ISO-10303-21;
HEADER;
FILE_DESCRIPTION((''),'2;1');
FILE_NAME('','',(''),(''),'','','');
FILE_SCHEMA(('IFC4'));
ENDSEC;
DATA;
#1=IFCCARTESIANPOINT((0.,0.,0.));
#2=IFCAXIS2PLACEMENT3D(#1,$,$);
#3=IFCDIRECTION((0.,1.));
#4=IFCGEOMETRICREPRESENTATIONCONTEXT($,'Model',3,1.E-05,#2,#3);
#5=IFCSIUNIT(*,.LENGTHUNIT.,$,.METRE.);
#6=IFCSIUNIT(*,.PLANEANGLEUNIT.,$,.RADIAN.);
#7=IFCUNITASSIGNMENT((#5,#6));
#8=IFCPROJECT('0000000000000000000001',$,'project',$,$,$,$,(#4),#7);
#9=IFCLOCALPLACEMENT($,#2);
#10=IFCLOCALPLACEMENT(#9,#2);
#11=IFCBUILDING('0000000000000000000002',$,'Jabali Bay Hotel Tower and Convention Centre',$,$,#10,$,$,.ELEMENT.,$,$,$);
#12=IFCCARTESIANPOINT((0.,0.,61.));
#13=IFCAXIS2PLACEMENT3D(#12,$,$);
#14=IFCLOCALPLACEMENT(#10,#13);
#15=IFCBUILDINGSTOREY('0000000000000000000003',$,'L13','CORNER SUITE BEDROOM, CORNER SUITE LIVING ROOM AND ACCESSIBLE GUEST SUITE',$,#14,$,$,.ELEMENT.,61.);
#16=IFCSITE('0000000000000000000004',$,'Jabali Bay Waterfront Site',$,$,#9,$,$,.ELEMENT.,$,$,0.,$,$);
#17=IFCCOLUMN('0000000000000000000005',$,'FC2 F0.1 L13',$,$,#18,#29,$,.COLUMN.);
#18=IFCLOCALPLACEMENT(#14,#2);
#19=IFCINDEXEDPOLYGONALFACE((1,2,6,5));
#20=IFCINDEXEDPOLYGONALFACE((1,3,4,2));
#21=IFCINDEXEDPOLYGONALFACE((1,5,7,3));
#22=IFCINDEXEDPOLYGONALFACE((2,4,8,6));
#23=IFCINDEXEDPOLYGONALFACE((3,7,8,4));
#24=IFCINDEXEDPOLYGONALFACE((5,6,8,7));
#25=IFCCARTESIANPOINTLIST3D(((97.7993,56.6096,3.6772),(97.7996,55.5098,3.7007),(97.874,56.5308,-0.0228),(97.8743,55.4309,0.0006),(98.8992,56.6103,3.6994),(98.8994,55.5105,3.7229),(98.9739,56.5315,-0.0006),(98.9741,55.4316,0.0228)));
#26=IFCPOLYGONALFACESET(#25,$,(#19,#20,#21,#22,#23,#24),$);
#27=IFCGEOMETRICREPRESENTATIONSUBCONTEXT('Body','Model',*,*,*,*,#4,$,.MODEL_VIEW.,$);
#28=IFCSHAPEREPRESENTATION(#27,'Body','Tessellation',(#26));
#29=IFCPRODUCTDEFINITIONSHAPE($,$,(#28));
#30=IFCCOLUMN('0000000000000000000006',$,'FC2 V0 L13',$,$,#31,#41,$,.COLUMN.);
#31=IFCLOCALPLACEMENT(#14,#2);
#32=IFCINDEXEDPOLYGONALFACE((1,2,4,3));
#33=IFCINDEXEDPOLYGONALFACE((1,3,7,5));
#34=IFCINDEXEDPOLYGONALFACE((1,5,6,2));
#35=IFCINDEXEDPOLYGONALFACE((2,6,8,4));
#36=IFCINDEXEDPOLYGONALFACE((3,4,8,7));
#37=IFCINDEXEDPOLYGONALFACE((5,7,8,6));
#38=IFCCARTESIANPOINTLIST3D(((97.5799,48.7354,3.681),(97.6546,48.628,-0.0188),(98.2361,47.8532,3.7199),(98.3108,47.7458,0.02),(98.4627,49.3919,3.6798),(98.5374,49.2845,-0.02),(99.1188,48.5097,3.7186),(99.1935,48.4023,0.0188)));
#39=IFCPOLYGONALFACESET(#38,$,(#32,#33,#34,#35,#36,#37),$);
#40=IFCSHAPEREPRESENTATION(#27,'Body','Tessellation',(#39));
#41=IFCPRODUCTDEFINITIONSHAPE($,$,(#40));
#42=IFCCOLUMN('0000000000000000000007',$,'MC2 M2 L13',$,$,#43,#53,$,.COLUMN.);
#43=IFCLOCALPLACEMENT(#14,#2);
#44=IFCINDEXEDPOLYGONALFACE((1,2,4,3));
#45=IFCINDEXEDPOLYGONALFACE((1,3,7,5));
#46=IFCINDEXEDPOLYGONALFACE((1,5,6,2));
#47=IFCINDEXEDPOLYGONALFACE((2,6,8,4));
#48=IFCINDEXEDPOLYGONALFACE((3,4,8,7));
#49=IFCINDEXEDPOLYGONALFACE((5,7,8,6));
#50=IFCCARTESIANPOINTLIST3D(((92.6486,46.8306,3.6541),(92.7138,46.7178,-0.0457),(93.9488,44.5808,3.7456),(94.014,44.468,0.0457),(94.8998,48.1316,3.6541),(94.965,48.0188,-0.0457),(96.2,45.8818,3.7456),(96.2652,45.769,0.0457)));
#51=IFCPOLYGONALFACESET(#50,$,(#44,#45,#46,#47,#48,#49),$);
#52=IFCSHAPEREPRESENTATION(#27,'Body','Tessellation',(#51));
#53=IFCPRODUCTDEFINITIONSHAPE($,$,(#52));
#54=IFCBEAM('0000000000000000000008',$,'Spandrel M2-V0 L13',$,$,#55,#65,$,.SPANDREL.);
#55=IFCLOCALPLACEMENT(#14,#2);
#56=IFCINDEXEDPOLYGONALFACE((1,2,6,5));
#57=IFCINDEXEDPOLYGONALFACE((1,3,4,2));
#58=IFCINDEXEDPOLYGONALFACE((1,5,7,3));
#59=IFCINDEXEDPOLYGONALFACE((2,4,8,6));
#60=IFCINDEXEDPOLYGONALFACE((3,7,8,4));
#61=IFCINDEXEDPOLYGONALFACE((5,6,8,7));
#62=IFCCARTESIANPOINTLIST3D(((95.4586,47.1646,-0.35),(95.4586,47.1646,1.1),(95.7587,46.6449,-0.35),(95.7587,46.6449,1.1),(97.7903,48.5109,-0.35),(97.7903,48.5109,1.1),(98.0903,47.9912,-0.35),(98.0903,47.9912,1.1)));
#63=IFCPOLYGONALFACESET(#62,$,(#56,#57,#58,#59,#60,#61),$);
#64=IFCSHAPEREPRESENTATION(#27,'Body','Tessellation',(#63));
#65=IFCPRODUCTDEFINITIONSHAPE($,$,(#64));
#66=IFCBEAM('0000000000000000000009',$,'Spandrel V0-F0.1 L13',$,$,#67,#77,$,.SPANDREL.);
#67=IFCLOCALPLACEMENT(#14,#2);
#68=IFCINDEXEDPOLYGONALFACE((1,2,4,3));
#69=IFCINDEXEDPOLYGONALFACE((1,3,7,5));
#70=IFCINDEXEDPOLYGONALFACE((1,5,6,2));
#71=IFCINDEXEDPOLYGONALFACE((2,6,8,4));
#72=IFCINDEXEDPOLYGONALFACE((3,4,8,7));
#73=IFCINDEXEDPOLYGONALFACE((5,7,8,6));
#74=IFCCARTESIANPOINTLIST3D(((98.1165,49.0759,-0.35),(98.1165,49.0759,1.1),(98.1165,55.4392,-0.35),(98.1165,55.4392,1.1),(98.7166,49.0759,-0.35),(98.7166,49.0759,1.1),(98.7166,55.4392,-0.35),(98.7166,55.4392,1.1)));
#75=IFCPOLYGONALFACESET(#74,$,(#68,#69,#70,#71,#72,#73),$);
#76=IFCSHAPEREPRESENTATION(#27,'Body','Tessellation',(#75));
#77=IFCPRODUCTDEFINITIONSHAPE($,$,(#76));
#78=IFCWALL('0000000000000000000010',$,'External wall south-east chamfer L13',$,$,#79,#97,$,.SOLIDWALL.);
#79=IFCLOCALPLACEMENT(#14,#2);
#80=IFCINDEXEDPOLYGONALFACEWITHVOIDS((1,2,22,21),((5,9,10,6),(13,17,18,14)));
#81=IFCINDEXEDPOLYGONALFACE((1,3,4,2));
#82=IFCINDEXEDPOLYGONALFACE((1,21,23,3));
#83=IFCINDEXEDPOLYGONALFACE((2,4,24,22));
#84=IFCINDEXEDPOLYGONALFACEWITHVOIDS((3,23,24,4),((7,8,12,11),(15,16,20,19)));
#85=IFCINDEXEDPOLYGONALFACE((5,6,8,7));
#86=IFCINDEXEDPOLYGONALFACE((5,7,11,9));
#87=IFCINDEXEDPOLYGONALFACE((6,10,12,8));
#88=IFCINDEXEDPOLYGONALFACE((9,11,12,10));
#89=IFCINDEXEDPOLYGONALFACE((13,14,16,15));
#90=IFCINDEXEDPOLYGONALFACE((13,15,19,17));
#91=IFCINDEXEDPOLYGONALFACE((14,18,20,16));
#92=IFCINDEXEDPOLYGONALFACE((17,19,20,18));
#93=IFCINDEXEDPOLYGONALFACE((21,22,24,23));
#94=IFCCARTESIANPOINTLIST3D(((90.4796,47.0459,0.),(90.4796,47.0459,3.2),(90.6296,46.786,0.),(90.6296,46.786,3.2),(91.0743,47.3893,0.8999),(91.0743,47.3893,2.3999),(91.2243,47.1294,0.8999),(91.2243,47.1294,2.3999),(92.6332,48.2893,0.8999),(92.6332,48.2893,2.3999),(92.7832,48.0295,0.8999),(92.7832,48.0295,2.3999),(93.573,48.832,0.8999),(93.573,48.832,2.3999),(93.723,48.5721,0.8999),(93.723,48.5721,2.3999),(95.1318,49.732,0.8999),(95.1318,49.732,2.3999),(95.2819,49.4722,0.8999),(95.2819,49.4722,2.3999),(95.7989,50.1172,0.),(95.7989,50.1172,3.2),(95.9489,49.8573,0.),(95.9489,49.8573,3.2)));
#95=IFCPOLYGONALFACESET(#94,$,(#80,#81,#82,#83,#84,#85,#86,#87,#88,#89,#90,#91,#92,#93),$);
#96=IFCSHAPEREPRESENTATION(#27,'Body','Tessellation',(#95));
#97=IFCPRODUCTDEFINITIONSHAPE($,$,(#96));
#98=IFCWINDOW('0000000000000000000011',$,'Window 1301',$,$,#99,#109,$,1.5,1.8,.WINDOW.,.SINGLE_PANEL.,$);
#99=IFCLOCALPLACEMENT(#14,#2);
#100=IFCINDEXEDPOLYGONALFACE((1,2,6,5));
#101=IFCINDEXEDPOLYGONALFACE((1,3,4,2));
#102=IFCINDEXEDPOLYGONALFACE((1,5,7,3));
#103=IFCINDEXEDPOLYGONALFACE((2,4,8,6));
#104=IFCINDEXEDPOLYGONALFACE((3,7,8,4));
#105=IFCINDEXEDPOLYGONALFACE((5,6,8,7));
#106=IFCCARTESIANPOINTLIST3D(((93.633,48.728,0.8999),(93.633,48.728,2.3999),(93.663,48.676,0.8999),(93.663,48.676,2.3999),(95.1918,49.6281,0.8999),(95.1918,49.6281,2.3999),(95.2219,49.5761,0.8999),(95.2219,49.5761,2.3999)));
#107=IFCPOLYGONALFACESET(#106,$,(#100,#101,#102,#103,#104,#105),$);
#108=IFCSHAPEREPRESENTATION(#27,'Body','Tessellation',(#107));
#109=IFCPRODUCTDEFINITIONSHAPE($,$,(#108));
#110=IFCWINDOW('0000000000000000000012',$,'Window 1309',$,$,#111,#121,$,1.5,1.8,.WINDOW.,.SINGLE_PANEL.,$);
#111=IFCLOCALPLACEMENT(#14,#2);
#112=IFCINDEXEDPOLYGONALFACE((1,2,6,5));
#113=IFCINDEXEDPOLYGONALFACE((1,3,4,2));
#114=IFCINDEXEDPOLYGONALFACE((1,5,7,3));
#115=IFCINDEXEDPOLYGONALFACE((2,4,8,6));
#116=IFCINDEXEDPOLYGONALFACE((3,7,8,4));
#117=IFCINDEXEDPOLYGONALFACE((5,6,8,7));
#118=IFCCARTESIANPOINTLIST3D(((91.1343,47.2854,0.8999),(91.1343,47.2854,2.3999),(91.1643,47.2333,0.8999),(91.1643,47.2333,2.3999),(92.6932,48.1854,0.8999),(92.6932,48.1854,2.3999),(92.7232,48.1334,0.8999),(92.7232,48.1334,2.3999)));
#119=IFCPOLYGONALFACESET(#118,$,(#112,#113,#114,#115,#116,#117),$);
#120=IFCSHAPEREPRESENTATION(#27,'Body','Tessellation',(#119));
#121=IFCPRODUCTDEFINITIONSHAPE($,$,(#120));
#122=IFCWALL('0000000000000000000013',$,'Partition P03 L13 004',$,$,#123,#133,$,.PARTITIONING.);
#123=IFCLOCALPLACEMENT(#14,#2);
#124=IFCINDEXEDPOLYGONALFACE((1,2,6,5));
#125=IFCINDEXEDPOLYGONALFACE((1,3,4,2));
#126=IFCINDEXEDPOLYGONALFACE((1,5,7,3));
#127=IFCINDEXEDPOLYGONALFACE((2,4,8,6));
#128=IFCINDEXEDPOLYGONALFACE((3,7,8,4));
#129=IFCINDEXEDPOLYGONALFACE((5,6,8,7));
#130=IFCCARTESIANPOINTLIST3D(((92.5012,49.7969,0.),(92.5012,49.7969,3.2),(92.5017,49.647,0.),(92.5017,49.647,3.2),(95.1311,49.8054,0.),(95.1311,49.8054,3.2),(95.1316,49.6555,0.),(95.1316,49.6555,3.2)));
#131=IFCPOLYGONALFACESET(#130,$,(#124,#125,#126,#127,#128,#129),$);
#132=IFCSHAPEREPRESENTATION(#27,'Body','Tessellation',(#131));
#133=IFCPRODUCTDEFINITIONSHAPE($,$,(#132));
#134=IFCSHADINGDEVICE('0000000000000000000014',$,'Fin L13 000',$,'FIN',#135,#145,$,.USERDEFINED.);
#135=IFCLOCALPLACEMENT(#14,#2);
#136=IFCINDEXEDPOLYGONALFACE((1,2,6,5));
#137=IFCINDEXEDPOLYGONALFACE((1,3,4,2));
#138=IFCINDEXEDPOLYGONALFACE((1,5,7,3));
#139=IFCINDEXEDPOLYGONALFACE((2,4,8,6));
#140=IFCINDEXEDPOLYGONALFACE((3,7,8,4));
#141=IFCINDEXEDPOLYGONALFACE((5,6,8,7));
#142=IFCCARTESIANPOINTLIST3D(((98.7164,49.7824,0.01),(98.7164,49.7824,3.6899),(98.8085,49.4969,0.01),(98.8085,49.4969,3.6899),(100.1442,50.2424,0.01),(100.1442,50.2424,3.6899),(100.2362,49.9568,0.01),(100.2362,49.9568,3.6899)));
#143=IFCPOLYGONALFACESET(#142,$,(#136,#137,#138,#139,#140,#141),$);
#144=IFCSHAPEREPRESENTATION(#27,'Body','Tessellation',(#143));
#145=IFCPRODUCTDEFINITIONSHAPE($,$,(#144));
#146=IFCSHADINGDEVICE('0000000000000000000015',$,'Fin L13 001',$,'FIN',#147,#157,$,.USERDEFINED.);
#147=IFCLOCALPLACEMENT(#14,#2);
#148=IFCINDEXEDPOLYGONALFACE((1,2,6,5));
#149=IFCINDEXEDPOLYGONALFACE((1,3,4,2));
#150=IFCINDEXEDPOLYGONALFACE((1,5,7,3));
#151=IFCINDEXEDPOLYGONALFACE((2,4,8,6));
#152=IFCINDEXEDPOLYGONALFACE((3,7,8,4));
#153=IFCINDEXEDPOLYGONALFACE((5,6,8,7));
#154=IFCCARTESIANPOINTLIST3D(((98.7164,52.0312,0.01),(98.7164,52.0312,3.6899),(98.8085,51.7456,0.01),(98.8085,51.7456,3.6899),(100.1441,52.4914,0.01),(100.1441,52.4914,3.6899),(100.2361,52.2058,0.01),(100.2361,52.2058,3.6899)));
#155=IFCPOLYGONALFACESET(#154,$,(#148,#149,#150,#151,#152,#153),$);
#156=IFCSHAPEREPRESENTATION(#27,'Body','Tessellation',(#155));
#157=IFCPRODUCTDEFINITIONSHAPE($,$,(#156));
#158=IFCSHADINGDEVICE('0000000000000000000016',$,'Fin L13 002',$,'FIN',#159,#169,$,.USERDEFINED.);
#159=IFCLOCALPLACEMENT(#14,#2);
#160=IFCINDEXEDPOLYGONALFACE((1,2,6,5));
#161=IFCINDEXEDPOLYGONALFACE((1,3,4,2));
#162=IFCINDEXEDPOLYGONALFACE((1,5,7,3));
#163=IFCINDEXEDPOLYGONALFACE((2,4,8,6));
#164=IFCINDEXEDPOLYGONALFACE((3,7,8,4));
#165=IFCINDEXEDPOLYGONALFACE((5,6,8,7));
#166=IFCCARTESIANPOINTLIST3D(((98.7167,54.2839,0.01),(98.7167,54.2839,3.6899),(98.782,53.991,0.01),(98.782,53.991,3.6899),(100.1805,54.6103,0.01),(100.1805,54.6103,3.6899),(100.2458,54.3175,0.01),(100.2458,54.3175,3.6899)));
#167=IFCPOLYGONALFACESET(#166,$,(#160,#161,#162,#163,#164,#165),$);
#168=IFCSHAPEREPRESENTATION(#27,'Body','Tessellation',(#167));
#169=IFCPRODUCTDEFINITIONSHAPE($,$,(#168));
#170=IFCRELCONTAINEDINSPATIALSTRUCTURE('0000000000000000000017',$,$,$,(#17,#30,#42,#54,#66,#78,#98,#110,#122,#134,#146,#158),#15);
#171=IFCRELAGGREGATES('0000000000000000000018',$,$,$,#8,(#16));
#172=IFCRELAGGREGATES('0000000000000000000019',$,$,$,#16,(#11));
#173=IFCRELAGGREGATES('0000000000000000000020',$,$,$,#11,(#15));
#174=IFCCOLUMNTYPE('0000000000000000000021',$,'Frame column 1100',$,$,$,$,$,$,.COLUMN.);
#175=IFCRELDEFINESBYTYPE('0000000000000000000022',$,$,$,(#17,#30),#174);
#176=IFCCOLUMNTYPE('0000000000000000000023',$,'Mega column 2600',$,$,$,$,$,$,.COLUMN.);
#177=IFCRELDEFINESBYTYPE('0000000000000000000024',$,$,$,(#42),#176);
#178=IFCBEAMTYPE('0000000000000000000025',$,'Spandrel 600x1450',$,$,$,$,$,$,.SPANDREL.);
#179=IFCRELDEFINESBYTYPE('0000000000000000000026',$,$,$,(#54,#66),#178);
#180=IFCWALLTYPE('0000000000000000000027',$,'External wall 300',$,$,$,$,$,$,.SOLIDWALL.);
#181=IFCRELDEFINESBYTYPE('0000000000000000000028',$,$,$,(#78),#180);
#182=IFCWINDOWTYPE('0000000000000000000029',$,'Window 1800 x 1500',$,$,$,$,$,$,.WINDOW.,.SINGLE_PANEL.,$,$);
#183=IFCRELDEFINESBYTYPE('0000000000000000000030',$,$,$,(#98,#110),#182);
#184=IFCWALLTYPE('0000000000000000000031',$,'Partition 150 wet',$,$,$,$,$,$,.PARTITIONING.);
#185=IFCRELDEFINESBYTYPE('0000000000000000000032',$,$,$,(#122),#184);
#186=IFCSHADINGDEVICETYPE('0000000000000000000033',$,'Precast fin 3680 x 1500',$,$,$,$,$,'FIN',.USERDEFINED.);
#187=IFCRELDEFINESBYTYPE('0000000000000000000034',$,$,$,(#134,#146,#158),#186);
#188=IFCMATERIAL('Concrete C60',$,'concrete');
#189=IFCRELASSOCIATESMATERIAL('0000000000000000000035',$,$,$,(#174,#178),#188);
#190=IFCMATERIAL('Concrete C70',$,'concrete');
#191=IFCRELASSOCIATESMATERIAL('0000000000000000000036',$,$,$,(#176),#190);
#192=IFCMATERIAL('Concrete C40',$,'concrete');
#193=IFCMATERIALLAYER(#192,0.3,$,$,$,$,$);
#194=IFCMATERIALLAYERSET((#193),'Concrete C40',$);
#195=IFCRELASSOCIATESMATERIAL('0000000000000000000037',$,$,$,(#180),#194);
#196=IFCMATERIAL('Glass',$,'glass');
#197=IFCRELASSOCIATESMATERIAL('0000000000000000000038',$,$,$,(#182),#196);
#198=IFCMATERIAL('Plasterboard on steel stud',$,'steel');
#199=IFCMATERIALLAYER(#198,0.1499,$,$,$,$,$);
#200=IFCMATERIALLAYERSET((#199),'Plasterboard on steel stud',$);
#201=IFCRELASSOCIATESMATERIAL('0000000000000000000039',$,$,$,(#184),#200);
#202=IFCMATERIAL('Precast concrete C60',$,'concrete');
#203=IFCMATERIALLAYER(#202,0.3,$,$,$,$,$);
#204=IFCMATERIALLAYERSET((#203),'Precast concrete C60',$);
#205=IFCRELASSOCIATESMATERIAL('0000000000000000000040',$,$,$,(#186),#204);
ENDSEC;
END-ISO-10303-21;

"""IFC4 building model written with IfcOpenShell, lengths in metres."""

from ifc_helpers import new_model, si_unit, direction, frame, frame_2d, origin, origin_2d, place, context, subcontext, project, spatial, rectangle, extrude, material, layer, layer_set, material_profile, profile_set, type_object, element, fill, save


model = new_model("IFC4")

# Units and contexts
model_context = context("Model", 3, precision=1e-05, world=origin(), true_north=direction((0.0, 1.0)))
body_context = subcontext(model_context, "Body", "Model", "MODEL_VIEW")
ifc_project = project(units=[si_unit("LENGTHUNIT", "METRE"), si_unit("PLANEANGLEUNIT", "RADIAN")], contexts=[model_context])

# Site, building, storey
site_placement = place(None, origin())
site = spatial("IfcSite", under=ifc_project, at=site_placement, Name="Jabali Bay Waterfront Site", CompositionType="ELEMENT", RefElevation=0.0)
building_placement = place(site_placement, origin())
building = spatial("IfcBuilding", under=site, at=building_placement, Name="Jabali Bay Hotel Tower and Convention Centre", CompositionType="ELEMENT")
storey_placement = place(building_placement, frame((0.0, 0.0, 61.0)))
storey = spatial("IfcBuildingStorey", under=building, at=storey_placement, Name="L13", Description="CORNER SUITE BEDROOM, CORNER SUITE LIVING ROOM AND ACCESSIBLE GUEST SUITE", CompositionType="ELEMENT", Elevation=61.0)

# Columns
ifc_material_1 = material(Name="Concrete C60", Category="concrete")
ifc_material_profile_1 = material_profile(ifc_material_1, rectangle(XDim=1.1001, YDim=1.1001, at=origin_2d()), Name="Frame column 1100")
ifc_profile_set_1 = profile_set([ifc_material_profile_1], Name="Concrete C60")
column_type_1 = type_object("IfcColumnType", Name="Frame column 1100", PredefinedType="COLUMN", material=ifc_profile_set_1)
column_1_placement = place(storey_placement, frame((98.4241, 55.9812, 0.0), z_axis=(-0.020183, 0.021304, 0.999569), x_axis=(0.000228, -0.999773, 0.021313)))
element("IfcColumn", 1, at=column_1_placement, inside=storey, type_object=column_type_1, Name="FC2 F0.1 L13", PredefinedType="COLUMN", context=body_context, shape_type="SweptSolid", body=[
    extrude(rectangle(XDim=1.1001, YDim=1.1001, at=origin_2d()), origin(), (0.0, 0.0, 1.0), 3.7017),
])
column_2_placement = place(storey_placement, frame((98.4241, 48.5151, 0.0), z_axis=(-0.020179, 0.029015, 0.999375), x_axis=(-0.802418, -0.596761, 0.001124)))
element("IfcColumn", 2, at=column_2_placement, inside=storey, type_object=column_type_1, Name="FC2 V0 L13", PredefinedType="COLUMN", context=body_context, shape_type="SweptSolid", body=[
    extrude(rectangle(XDim=1.1001, YDim=1.1001, at=origin_2d()), origin(), (0.0, 0.0, 1.0), 3.7021),
])
ifc_material_2 = material(Name="Concrete C70", Category="concrete")
ifc_material_profile_2 = material_profile(ifc_material_2, rectangle(XDim=2.6001, YDim=2.6001, at=origin_2d()), Name="Mega column 2600")
ifc_profile_set_2 = profile_set([ifc_material_profile_2], Name="Concrete C70")
column_type_2 = type_object("IfcColumnType", Name="Mega column 2600", PredefinedType="COLUMN", material=ifc_profile_set_2)
column_3_placement = place(storey_placement, frame((94.4895, 46.2434, 0.0), z_axis=(-0.017607, 0.030466, 0.999381), x_axis=(0.500061, -0.865275, 0.035188)))
element("IfcColumn", 3, at=column_3_placement, inside=storey, type_object=column_type_2, Name="MC2 M2 L13", PredefinedType="COLUMN", context=body_context, shape_type="SweptSolid", body=[
    extrude(rectangle(XDim=2.6001, YDim=2.6001, at=origin_2d()), origin(), (0.0, 0.0, 1.0), 3.7021),
])

# Beams
ifc_material_profile_3 = material_profile(ifc_material_1, rectangle(XDim=0.6001, YDim=1.45, at=origin_2d()), Name="Spandrel 600x1450")
ifc_profile_set_3 = profile_set([ifc_material_profile_3], Name="Concrete C60")
beam_type = type_object("IfcBeamType", Name="Spandrel 600x1450", PredefinedType="SPANDREL", material=ifc_profile_set_3)
beam_1_placement = place(storey_placement, frame((95.6086, 46.9048, 0.375), z_axis=(0.866013, 0.500021, 0.0), x_axis=(-0.500021, 0.866013, 0.0)))
element("IfcBeam", 4, at=beam_1_placement, inside=storey, type_object=beam_type, Name="Spandrel M2-V0 L13", PredefinedType="SPANDREL", context=body_context, shape_type="SweptSolid", body=[
    extrude(rectangle(XDim=0.6001, YDim=1.45, at=origin_2d()), origin(), (0.0, 0.0, 1.0), 2.6924),
])
beam_2_placement = place(storey_placement, frame((98.4165, 49.0759, 0.375), z_axis=(0.0, 1.0, 0.0), x_axis=(-1.0, 0.0, 0.0)))
element("IfcBeam", 5, at=beam_2_placement, inside=storey, type_object=beam_type, Name="Spandrel V0-F0.1 L13", PredefinedType="SPANDREL", context=body_context, shape_type="SweptSolid", body=[
    extrude(rectangle(XDim=0.6001, YDim=1.45, at=origin_2d()), origin(), (0.0, 0.0, 1.0), 6.3633),
])

# Wall, openings, windows
ifc_material_3 = material(Name="Concrete C40", Category="concrete")
ifc_layer_1 = layer(ifc_material_3, 0.3)
ifc_layer_set_1 = layer_set([ifc_layer_1], Name="Concrete C40")
wall_type_1 = type_object("IfcWallType", Name="External wall 300", PredefinedType="SOLIDWALL", material=ifc_layer_set_1)
wall_1_placement = place(storey_placement, frame((95.874, 49.9873, 0.0), z_axis=(0.0, 0.0, 1.0), x_axis=(-0.866013, -0.500021, 0.0)))
wall_1 = element("IfcWall", 6, at=wall_1_placement, inside=storey, type_object=wall_type_1, Name="External wall south-east chamfer L13", PredefinedType="SOLIDWALL", context=body_context, shape_type="SweptSolid", body=[
    extrude(rectangle(XDim=6.1423, YDim=0.3, at=frame_2d((3.0713, 0.0))), origin(), (0.0, 0.0, 1.0), 3.2),
])
opening_1_placement = place(wall_1_placement, frame((0.7705, 0.0, 0.8999)))
opening_1 = element("IfcOpeningElement", 7, at=opening_1_placement, cuts=wall_1, PredefinedType="OPENING", context=body_context, shape_type="SweptSolid", body=[
    extrude(rectangle(XDim=1.8, YDim=1.5, at=frame_2d((0.8999, 0.75))), frame((0.0, 0.1606, 0.0), z_axis=(0.0, -1.0, 0.0), x_axis=(1.0, 0.0, 0.0)), (0.0, 0.0, 1.0), 0.321),
])
opening_2_placement = place(wall_1_placement, frame((3.6558, 0.0, 0.8999)))
opening_2 = element("IfcOpeningElement", 8, at=opening_2_placement, cuts=wall_1, PredefinedType="OPENING", context=body_context, shape_type="SweptSolid", body=[
    extrude(rectangle(XDim=1.8, YDim=1.5, at=frame_2d((0.8999, 0.75))), frame((0.0, 0.1606, 0.0), z_axis=(0.0, -1.0, 0.0), x_axis=(1.0, 0.0, 0.0)), (0.0, 0.0, 1.0), 0.321),
])
ifc_material_4 = material(Name="Glass", Category="glass")
window_type = type_object("IfcWindowType", Name="Window 1800 x 1500", PartitioningType="SINGLE_PANEL", PredefinedType="WINDOW", material=ifc_material_4)
window_1_placement = place(opening_1_placement, origin())
window_1 = element("IfcWindow", 9, at=window_1_placement, inside=storey, type_object=window_type, Name="Window 1301", OverallHeight=1.5, OverallWidth=1.8, PartitioningType="SINGLE_PANEL", PredefinedType="WINDOW", context=body_context, shape_type="SweptSolid", body=[
    extrude(rectangle(XDim=1.8, YDim=1.5, at=frame_2d((0.8999, 0.75))), frame((0.0, 0.03, 0.0), z_axis=(0.0, -1.0, 0.0), x_axis=(1.0, 0.0, 0.0)), (0.0, 0.0, 1.0), 0.0601),
])
fill(opening_1, window_1)
window_2_placement = place(opening_2_placement, origin())
window_2 = element("IfcWindow", 10, at=window_2_placement, inside=storey, type_object=window_type, Name="Window 1309", OverallHeight=1.5, OverallWidth=1.8, PartitioningType="SINGLE_PANEL", PredefinedType="WINDOW", context=body_context, shape_type="SweptSolid", body=[
    extrude(rectangle(XDim=1.8, YDim=1.5, at=frame_2d((0.8999, 0.75))), frame((0.0, 0.03, 0.0), z_axis=(0.0, -1.0, 0.0), x_axis=(1.0, 0.0, 0.0)), (0.0, 0.0, 1.0), 0.0601),
])
fill(opening_2, window_2)

# Wall
ifc_material_5 = material(Name="Plasterboard on steel stud", Category="steel")
ifc_layer_2 = layer(ifc_material_5, 0.1499)
ifc_layer_set_2 = layer_set([ifc_layer_2], Name="Plasterboard on steel stud")
wall_type_2 = type_object("IfcWallType", Name="Partition 150 wet", PredefinedType="PARTITIONING", material=ifc_layer_set_2)
wall_2_placement = place(storey_placement, frame((95.1313, 49.7305, 0.0), z_axis=(0.0, 0.0, 1.0), x_axis=(-0.999995, -0.003249, 0.0)))
element("IfcWall", 11, at=wall_2_placement, inside=storey, type_object=wall_type_2, Name="Partition P03 L13 004", PredefinedType="PARTITIONING", context=body_context, shape_type="SweptSolid", body=[
    extrude(rectangle(XDim=2.6299, YDim=0.1499, at=frame_2d((1.3149, 0.0))), origin(), (0.0, 0.0, 1.0), 3.2),
])

# Shading devices
ifc_material_6 = material(Name="Precast concrete C60", Category="concrete")
ifc_layer_3 = layer(ifc_material_6, 0.3)
ifc_layer_set_3 = layer_set([ifc_layer_3], Name="Precast concrete C60")
shading_device_type = type_object("IfcShadingDeviceType", Name="Precast fin 3680 x 1500", ElementType="FIN", PredefinedType="USERDEFINED", material=ifc_layer_set_3)
for number, where, z_axis, x_axis, name in (
    (12, (98.7625, 49.6396, 0.01), (0.0, 0.0, 1.0), (0.951825, 0.306641, 0.0), "Fin L13 000"),
    (13, (98.7625, 51.8884, 0.01), (0.0, 0.0, 1.0), (0.951778, 0.306789, 0.0), "Fin L13 001"),
):
    element("IfcShadingDevice", number, at=place(storey_placement, frame(where, z_axis=z_axis, x_axis=x_axis)), inside=storey, type_object=shading_device_type, Name=name, ObjectType="FIN", PredefinedType="USERDEFINED", context=body_context, shape_type="SweptSolid", body=[
        extrude(rectangle(XDim=1.5, YDim=0.3, at=frame_2d((0.75, 0.0))), origin(), (0.0, 0.0, 1.0), 3.6799),
    ])
shading_device_1_placement = place(storey_placement, frame((98.7493, 54.1375, 0.01), z_axis=(0.0, 0.0, 1.0), x_axis=(0.97603, 0.217637, 0.0)))
element("IfcShadingDevice", 14, at=shading_device_1_placement, inside=storey, type_object=shading_device_type, Name="Fin L13 002", ObjectType="FIN", PredefinedType="USERDEFINED", context=body_context, shape_type="SweptSolid", body=[
    extrude(rectangle(XDim=1.4998, YDim=0.3, at=frame_2d((0.75, 0.0))), origin(), (0.0, 0.0, 1.0), 3.6799),
])

save(model, "model.ifc")
